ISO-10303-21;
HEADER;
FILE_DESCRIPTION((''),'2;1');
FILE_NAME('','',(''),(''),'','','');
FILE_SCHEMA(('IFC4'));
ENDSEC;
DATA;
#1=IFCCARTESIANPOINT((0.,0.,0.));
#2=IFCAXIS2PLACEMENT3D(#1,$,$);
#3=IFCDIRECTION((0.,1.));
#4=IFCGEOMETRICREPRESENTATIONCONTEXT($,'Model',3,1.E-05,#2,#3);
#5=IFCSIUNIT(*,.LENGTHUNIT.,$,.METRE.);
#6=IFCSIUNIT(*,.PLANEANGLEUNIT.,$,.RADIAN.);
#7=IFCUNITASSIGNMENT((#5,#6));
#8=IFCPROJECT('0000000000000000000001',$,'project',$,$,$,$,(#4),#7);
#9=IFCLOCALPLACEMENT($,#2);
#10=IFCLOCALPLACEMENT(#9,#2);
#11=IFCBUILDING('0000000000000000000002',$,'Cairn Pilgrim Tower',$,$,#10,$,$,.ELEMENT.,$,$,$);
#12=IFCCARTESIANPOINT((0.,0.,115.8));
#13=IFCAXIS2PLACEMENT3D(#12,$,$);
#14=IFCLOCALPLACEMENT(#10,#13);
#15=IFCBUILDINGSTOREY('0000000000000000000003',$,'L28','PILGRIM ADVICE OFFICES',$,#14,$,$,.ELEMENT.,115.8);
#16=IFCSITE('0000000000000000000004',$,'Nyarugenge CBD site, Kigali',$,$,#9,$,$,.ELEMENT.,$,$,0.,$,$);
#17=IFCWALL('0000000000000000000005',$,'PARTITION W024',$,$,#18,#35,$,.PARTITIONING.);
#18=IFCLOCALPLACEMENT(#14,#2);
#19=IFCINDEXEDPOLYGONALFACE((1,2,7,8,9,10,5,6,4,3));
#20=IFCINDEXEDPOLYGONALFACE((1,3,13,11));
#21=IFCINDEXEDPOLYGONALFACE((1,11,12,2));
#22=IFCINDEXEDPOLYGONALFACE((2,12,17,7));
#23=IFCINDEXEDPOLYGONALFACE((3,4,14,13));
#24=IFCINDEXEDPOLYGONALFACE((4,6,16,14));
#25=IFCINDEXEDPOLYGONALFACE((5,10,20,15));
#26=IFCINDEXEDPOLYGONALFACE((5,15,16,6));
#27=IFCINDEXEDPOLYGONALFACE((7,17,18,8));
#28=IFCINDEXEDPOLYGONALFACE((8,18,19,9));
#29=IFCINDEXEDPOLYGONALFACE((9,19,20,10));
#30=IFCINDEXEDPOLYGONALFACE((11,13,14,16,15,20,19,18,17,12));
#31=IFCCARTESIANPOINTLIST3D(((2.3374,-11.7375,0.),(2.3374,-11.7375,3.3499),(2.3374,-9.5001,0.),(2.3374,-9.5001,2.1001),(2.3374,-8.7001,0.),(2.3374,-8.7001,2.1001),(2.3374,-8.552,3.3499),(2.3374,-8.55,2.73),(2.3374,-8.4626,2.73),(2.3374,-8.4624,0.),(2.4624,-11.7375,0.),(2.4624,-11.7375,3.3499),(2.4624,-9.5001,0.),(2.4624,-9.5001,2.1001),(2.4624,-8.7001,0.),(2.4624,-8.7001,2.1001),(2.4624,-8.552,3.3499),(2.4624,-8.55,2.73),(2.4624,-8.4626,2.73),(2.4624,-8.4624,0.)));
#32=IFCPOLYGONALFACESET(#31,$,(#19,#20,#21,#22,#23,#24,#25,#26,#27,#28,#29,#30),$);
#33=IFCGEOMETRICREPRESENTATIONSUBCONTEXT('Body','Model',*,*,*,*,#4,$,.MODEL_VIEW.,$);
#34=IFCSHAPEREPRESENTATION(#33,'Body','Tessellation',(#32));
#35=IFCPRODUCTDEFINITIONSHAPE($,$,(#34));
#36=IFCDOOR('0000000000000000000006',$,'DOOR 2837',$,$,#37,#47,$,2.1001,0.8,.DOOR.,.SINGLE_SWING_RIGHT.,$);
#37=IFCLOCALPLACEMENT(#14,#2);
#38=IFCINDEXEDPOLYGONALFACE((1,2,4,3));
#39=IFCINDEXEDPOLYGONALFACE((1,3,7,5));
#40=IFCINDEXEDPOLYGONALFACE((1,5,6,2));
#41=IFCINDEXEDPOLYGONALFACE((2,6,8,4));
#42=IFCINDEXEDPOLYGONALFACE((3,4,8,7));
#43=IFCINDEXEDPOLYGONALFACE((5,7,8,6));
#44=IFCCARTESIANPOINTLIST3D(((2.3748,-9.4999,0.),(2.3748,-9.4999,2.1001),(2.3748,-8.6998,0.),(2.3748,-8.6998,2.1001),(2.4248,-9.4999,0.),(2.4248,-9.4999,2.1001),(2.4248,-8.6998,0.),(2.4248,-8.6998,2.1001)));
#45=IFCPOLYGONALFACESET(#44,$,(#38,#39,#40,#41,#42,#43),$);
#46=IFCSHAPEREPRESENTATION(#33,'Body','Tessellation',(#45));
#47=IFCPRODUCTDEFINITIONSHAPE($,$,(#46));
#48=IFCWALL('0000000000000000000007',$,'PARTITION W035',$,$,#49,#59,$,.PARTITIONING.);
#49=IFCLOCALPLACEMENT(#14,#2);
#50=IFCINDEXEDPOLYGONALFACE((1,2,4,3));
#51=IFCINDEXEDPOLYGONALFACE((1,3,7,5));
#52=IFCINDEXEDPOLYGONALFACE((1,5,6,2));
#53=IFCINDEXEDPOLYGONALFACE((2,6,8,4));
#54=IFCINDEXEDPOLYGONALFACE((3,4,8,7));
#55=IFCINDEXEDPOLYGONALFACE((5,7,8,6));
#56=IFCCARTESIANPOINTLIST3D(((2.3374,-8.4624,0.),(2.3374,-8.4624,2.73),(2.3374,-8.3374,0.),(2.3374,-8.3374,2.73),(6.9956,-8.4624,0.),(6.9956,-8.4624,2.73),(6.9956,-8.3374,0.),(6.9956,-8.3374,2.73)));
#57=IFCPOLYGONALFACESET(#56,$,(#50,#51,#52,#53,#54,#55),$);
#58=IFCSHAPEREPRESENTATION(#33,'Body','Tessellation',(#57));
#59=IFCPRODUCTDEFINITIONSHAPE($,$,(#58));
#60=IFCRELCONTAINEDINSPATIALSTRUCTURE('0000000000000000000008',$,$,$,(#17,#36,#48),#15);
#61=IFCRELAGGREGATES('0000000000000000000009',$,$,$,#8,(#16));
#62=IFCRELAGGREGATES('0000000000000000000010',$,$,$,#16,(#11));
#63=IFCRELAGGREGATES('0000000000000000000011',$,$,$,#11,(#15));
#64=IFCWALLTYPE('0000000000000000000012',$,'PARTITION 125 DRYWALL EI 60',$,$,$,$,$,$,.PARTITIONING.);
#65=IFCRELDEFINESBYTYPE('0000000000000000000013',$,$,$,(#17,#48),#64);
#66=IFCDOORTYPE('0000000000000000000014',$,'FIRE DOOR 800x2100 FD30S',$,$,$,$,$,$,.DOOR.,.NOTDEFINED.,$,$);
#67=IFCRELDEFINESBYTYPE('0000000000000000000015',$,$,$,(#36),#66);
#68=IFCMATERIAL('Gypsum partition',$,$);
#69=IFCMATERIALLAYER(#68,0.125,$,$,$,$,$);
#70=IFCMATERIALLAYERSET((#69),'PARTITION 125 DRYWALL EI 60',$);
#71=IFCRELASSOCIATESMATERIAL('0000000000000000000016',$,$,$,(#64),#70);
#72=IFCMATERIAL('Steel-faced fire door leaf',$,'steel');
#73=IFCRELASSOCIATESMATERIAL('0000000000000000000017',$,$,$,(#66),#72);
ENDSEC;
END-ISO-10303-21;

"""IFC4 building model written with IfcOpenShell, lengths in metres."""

from ifc_helpers import new_model, si_unit, direction, frame, frame_2d, origin, place, context, subcontext, project, spatial, polyline, rectangle, outline, extrude, material, layer, layer_set, type_object, element, fill, save


model = new_model("IFC4")

# Units and contexts
model_context = context("Model", 3, precision=1e-05, world=origin(), true_north=direction((0.0, 1.0)))
body_context = subcontext(model_context, "Body", "Model", "MODEL_VIEW")
ifc_project = project(units=[si_unit("LENGTHUNIT", "METRE"), si_unit("PLANEANGLEUNIT", "RADIAN")], contexts=[model_context])

# Site, building, storey
site_placement = place(None, origin())
site = spatial("IfcSite", under=ifc_project, at=site_placement, Name="Nyarugenge CBD site, Kigali", CompositionType="ELEMENT", RefElevation=0.0)
building_placement = place(site_placement, origin())
building = spatial("IfcBuilding", under=site, at=building_placement, Name="Cairn Pilgrim Tower", CompositionType="ELEMENT")
storey_placement = place(building_placement, frame((0.0, 0.0, 115.8)))
storey = spatial("IfcBuildingStorey", under=building, at=storey_placement, Name="L28", Description="PILGRIM ADVICE OFFICES", CompositionType="ELEMENT", Elevation=115.8)

# Shared definitions
ifc_material_1 = material(Name="Gypsum partition")
ifc_layer_1 = layer(ifc_material_1, 0.125)
ifc_layer_set_1 = layer_set([ifc_layer_1], Name="PARTITION 125 DRYWALL EI 60")
wall_type_1 = type_object("IfcWallType", Name="PARTITION 125 DRYWALL EI 60", PredefinedType="PARTITIONING", material=ifc_layer_set_1)

# Wall, opening, door
wall_1_placement = place(storey_placement, frame((2.3999, -11.7375, 0.0), z_axis=(0.0, 0.0, 1.0), x_axis=(0.0, 1.0, 0.0)))
wall_1 = element("IfcWall", 1, at=wall_1_placement, inside=storey, type_object=wall_type_1, Name="PARTITION W024", PredefinedType="PARTITIONING", context=body_context, shape_type="SweptSolid", body=[
    extrude(outline(polyline([(0.0, 0.0), (3.2751, 0.0), (3.2749, 2.73), (3.1875, 2.73), (3.1855, 3.3499), (0.0, 3.3499), (0.0, 0.0)])), frame((0.0, 0.0625, 0.0), z_axis=(0.0, -1.0, 0.0), x_axis=(1.0, 0.0, 0.0)), (0.0, 0.0, 1.0), 0.125),
])
opening_1_placement = place(wall_1_placement, frame((2.2375, 0.0, 0.0)))
opening_1 = element("IfcOpeningElement", 2, at=opening_1_placement, cuts=wall_1, PredefinedType="OPENING", context=body_context, shape_type="SweptSolid", body=[
    extrude(rectangle(XDim=0.8, YDim=2.1001, at=frame_2d((0.3999, 1.05))), frame((0.0, 0.0725, 0.0), z_axis=(0.0, -1.0, 0.0), x_axis=(1.0, 0.0, 0.0)), (0.0, 0.0, 1.0), 0.145),
])
ifc_material_2 = material(Name="Steel-faced fire door leaf", Category="steel")
door_type_1 = type_object("IfcDoorType", Name="FIRE DOOR 800x2100 FD30S", OperationType="NOTDEFINED", PredefinedType="DOOR", material=ifc_material_2)
door_1_placement = place(opening_1_placement, frame((0.8, 0.0, 0.0), z_axis=(0.0, 0.0, 1.0), x_axis=(-1.0, 0.0, 0.0)))
door_1 = element("IfcDoor", 3, at=door_1_placement, inside=storey, type_object=door_type_1, Name="DOOR 2837", OperationType="SINGLE_SWING_RIGHT", OverallHeight=2.1001, OverallWidth=0.8, PredefinedType="DOOR", context=body_context, shape_type="SweptSolid", body=[
    extrude(rectangle(XDim=0.8, YDim=2.1001, at=frame_2d((0.3999, 1.05))), frame((0.0, 0.0249, 0.0), z_axis=(0.0, -1.0, 0.0), x_axis=(1.0, 0.0, 0.0)), (0.0, 0.0, 1.0), 0.05),
])
fill(opening_1, door_1)

# Wall
wall_2_placement = place(storey_placement, frame((2.3374, -8.3999, 0.0), z_axis=(0.0, 0.0, 1.0), x_axis=(1.0, 0.0, 0.0)))
element("IfcWall", 4, at=wall_2_placement, inside=storey, type_object=wall_type_1, Name="PARTITION W035", PredefinedType="PARTITIONING", context=body_context, shape_type="SweptSolid", body=[
    extrude(rectangle(XDim=4.6582, YDim=0.125, at=frame_2d((2.3291, 0.0))), origin(), (0.0, 0.0, 1.0), 2.73),
])

save(model, "model.ifc")
